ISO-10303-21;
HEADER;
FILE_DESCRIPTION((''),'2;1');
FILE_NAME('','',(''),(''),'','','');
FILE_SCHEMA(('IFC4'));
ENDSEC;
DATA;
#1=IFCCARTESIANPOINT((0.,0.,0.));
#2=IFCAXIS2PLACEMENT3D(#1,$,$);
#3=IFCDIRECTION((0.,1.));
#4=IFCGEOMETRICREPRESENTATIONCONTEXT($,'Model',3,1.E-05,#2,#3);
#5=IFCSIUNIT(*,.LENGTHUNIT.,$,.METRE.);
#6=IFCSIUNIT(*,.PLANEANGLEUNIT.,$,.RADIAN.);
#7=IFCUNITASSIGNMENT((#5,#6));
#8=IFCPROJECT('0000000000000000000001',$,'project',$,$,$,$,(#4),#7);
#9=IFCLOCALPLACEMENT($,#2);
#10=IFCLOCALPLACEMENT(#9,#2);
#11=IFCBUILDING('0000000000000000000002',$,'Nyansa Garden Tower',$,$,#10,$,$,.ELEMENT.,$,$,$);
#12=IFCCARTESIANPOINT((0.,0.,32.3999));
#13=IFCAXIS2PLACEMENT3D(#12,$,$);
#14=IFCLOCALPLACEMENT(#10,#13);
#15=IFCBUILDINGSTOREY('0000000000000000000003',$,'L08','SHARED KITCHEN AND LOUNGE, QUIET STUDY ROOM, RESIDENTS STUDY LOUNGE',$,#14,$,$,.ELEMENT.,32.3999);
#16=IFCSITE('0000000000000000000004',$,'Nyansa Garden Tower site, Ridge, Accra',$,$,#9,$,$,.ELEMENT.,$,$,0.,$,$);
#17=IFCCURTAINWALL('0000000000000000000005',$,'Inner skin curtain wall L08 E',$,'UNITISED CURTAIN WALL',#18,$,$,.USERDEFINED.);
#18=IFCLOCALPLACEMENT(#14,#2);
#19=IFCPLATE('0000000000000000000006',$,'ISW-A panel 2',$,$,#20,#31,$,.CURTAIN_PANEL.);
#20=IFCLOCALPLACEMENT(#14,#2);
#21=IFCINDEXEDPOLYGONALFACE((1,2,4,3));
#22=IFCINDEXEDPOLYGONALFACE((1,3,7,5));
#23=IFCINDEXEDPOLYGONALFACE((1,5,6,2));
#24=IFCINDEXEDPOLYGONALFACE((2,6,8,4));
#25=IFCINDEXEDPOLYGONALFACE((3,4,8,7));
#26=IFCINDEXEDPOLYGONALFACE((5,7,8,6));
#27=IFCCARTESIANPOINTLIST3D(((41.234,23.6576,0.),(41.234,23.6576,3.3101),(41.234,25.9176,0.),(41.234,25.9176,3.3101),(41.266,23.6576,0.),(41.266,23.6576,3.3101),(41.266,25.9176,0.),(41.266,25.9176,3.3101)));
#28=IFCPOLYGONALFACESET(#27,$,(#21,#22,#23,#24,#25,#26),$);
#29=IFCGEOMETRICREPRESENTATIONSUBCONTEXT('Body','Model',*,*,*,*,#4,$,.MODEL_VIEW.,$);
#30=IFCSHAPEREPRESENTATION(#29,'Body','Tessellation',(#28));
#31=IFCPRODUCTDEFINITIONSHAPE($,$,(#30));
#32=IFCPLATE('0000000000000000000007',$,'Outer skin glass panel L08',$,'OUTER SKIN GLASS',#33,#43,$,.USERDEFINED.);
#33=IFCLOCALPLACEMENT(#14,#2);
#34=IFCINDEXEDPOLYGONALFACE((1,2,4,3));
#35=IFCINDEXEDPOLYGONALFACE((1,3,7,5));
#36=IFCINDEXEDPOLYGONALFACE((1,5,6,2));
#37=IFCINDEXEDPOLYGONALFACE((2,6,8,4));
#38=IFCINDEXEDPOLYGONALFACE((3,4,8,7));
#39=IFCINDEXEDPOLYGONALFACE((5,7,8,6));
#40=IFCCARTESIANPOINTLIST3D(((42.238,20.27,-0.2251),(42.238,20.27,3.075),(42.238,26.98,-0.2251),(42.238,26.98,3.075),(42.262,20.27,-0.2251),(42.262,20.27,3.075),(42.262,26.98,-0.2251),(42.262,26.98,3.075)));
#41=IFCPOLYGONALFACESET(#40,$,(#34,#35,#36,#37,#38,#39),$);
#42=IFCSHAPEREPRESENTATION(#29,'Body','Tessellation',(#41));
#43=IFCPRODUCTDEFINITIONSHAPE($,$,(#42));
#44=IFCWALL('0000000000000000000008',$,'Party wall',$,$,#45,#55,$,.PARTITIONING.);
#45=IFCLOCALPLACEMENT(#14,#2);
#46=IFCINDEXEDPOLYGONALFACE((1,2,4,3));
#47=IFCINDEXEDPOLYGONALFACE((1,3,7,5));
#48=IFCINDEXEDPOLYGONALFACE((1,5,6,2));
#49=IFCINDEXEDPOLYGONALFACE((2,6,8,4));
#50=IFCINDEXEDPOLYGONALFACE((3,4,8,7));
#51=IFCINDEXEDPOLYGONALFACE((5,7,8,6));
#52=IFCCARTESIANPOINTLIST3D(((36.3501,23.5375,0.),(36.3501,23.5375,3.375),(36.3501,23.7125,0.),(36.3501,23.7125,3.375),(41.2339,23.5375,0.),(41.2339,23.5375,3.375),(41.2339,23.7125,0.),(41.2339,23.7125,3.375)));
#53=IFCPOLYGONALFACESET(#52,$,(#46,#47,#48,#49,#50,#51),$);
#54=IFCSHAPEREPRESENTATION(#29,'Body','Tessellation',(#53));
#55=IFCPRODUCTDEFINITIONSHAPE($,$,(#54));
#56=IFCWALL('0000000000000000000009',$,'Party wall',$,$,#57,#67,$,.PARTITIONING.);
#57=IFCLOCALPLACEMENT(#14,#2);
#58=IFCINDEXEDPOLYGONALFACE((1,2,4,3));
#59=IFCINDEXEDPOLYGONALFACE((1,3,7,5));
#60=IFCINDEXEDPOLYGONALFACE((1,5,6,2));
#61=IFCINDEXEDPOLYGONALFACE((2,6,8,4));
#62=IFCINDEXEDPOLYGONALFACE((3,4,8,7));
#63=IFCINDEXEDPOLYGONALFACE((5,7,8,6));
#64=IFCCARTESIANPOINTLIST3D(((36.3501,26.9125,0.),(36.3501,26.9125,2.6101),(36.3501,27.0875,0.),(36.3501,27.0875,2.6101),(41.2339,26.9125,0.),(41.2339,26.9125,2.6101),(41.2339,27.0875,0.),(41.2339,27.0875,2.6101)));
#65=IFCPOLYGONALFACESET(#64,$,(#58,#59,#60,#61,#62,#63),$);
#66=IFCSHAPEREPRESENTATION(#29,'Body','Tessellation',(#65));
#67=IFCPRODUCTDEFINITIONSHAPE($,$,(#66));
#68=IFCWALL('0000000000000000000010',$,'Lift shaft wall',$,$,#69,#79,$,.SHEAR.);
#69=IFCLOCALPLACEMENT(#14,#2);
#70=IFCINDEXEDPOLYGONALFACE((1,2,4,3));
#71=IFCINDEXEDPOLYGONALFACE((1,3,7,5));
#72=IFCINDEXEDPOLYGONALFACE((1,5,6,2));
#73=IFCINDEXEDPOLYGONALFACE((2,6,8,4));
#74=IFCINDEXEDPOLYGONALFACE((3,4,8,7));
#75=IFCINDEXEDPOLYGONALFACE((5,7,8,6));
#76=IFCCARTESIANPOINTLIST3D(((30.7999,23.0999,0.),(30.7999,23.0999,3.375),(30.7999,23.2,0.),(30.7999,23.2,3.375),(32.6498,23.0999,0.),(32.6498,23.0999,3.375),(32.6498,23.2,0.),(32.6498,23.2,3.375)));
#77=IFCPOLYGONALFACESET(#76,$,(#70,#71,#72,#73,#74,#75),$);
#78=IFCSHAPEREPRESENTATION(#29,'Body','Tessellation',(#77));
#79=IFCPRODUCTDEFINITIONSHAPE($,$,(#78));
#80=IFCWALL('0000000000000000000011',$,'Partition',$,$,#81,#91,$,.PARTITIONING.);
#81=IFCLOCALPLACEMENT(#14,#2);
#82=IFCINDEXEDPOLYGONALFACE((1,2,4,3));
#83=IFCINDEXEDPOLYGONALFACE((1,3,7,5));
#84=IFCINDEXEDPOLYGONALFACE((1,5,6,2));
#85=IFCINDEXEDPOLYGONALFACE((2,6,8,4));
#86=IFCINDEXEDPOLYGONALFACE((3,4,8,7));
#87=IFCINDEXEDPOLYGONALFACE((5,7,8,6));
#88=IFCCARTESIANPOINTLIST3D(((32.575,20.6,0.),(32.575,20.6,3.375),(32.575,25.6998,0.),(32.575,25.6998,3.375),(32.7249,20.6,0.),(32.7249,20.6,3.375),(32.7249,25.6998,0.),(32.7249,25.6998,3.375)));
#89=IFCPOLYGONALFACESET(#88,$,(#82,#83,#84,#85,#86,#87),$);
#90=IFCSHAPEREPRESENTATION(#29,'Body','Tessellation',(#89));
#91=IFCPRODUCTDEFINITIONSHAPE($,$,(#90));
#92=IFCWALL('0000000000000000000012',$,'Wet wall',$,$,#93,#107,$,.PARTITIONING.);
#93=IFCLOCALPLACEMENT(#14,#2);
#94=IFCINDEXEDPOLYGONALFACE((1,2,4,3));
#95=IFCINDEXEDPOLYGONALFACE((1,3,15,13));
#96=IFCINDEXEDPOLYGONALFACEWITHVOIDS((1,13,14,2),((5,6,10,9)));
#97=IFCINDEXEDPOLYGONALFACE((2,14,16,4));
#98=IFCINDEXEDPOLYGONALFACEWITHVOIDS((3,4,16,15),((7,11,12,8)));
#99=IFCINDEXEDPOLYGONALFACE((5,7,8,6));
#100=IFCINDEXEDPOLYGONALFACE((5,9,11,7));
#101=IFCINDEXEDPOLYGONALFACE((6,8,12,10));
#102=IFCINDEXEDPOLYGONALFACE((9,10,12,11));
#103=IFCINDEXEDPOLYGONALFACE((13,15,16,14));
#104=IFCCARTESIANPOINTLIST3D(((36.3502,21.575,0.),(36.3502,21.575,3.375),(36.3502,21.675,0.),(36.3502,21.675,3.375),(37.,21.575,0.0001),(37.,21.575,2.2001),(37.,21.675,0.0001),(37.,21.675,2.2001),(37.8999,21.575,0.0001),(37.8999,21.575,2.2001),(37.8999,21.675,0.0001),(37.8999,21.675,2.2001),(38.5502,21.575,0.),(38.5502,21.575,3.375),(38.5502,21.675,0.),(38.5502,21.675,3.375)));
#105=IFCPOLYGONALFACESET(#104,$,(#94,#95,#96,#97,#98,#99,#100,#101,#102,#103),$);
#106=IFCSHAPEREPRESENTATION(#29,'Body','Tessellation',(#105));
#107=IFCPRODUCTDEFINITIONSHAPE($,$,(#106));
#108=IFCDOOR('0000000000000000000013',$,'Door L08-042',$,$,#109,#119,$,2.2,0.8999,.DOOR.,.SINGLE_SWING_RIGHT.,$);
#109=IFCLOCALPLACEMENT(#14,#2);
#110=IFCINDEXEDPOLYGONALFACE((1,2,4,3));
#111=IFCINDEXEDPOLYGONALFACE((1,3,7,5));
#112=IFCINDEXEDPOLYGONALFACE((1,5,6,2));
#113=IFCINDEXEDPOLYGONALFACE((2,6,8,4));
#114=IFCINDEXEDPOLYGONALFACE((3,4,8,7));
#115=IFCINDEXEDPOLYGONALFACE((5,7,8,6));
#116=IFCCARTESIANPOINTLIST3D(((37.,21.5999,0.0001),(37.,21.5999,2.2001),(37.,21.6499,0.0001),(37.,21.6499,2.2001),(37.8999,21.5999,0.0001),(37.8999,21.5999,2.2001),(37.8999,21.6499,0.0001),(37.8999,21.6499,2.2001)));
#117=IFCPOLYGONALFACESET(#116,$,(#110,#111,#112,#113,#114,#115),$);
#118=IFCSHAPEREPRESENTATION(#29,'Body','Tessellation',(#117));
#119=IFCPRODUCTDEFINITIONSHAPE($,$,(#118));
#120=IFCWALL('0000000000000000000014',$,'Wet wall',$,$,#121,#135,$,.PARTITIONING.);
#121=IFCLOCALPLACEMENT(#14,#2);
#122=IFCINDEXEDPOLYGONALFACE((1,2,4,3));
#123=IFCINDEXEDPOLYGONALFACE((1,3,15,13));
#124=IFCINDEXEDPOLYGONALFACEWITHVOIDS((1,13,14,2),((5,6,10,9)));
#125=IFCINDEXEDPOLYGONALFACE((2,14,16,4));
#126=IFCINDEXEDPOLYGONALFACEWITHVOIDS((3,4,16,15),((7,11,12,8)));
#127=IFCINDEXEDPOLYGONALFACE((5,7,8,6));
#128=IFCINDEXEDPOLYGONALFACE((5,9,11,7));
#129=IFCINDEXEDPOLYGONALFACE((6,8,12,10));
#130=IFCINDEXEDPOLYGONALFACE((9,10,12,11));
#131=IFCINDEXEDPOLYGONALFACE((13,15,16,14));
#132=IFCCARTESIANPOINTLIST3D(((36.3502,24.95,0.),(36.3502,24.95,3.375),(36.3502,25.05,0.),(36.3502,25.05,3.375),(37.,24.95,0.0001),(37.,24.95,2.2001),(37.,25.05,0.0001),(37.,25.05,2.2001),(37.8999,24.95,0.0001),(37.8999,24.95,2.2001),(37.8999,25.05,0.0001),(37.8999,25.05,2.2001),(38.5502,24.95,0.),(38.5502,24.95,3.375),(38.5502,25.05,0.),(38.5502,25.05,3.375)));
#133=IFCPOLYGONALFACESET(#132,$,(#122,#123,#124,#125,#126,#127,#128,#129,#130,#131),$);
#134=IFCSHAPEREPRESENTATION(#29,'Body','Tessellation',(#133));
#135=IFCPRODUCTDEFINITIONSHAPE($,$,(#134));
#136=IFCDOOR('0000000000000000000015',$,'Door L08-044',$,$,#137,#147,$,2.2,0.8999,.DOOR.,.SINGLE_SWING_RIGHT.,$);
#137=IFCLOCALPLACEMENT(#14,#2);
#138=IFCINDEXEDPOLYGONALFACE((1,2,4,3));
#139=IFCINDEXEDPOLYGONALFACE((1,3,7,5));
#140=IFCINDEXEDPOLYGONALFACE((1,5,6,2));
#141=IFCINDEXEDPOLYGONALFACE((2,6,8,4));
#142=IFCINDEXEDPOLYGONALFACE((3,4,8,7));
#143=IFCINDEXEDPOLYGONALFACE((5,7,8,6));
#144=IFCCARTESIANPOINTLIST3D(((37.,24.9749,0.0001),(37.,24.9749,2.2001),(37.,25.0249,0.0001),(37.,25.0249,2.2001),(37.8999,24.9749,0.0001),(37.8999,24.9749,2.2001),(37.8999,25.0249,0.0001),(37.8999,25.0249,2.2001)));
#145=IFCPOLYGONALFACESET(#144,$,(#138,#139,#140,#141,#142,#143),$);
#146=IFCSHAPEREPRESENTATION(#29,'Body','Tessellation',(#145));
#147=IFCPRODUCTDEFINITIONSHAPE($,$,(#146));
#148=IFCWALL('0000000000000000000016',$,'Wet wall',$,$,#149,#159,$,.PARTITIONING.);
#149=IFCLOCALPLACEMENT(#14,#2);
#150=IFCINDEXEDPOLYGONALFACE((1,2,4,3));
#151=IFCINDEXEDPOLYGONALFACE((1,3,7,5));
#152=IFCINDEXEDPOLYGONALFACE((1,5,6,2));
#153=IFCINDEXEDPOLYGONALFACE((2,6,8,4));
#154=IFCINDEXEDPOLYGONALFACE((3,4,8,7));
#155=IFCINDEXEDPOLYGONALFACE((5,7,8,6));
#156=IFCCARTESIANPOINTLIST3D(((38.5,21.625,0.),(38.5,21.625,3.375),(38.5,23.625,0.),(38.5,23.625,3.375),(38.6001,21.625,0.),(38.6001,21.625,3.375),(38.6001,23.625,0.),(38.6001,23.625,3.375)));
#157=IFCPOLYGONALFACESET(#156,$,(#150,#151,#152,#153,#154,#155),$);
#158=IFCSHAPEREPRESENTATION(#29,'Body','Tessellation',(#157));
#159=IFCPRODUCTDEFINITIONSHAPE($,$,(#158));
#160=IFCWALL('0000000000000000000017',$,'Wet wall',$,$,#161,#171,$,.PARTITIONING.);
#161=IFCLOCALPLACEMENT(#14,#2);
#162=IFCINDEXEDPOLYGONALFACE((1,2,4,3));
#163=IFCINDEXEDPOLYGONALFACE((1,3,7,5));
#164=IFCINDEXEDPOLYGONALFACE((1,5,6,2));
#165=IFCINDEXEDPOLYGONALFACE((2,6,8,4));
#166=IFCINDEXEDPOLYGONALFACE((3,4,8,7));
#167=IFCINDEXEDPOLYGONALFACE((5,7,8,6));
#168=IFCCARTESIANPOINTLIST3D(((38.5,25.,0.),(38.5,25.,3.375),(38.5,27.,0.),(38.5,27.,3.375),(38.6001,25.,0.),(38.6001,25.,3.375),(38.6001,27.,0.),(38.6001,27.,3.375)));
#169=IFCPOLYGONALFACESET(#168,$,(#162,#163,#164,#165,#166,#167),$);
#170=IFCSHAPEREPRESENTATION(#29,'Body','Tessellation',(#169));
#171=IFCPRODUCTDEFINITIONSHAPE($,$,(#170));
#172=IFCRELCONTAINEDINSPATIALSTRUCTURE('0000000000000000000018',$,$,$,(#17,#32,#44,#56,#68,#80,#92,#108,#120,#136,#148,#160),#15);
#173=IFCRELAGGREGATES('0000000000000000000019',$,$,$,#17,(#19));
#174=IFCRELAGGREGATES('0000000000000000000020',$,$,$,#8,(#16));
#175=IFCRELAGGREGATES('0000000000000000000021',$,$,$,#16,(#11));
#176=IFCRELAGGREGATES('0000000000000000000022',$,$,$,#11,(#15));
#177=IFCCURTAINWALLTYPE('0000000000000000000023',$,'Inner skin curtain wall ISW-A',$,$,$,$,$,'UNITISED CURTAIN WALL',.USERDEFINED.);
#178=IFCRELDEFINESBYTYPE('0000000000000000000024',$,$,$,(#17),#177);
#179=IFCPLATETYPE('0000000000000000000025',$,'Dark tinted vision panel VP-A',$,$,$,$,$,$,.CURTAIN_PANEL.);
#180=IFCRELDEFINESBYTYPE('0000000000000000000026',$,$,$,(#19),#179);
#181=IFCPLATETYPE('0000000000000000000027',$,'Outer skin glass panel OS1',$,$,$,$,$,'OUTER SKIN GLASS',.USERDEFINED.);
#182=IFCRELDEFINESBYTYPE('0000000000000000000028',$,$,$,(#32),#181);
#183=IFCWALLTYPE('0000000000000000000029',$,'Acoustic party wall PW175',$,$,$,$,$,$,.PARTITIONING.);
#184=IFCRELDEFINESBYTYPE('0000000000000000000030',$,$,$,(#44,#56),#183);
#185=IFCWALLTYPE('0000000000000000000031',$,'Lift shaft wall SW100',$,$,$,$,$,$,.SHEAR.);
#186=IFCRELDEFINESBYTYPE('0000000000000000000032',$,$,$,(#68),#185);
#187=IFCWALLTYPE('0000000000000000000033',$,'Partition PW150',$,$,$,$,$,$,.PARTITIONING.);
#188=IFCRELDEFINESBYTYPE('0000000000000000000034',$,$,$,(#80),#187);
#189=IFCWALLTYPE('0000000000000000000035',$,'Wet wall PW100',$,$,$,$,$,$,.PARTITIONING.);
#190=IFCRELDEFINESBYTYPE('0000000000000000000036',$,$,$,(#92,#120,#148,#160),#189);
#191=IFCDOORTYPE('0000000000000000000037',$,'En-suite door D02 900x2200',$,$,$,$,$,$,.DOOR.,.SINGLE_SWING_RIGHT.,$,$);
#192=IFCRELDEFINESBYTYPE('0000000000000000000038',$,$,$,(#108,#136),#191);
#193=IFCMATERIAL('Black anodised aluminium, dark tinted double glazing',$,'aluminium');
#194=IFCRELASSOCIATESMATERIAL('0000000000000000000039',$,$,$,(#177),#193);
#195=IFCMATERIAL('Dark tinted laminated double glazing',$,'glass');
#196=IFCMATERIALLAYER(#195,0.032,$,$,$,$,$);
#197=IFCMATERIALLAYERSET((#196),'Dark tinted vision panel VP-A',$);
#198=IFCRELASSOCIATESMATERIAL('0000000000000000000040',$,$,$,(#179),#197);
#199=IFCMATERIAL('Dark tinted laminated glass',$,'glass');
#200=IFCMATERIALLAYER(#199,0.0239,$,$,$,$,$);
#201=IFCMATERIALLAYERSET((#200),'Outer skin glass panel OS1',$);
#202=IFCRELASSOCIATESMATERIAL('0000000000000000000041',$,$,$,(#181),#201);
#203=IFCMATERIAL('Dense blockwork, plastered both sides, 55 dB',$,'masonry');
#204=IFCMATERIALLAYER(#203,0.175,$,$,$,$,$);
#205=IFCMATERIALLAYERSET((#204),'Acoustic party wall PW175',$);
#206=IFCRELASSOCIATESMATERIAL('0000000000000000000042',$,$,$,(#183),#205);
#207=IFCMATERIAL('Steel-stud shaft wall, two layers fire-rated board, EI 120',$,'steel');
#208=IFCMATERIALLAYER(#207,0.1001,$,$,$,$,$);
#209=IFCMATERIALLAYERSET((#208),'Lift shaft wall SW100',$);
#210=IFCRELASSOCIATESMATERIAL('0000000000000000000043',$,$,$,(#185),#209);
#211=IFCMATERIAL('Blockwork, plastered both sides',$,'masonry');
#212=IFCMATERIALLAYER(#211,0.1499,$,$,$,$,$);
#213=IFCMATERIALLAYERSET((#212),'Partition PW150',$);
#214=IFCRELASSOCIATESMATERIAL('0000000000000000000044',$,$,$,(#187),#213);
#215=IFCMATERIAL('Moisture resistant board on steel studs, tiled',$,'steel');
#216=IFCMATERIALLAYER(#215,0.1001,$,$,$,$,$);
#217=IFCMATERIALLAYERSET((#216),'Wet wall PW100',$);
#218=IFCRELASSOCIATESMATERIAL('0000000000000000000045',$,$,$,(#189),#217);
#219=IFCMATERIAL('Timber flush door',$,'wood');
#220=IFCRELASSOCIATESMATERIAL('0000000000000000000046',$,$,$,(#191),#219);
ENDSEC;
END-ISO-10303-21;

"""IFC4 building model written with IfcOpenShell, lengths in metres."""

from ifc_helpers import new_model, si_unit, direction, frame, frame_2d, origin, origin_2d, place, context, subcontext, project, spatial, rectangle, extrude, material, layer, layer_set, type_object, element, fill, aggregate, save


model = new_model("IFC4")

# Units and contexts
model_context = context("Model", 3, precision=1e-05, world=origin(), true_north=direction((0.0, 1.0)))
body_context = subcontext(model_context, "Body", "Model", "MODEL_VIEW")
ifc_project = project(units=[si_unit("LENGTHUNIT", "METRE"), si_unit("PLANEANGLEUNIT", "RADIAN")], contexts=[model_context])

# Site, building, storey
site_placement = place(None, origin())
site = spatial("IfcSite", under=ifc_project, at=site_placement, Name="Nyansa Garden Tower site, Ridge, Accra", CompositionType="ELEMENT", RefElevation=0.0)
building_placement = place(site_placement, origin())
building = spatial("IfcBuilding", under=site, at=building_placement, Name="Nyansa Garden Tower", CompositionType="ELEMENT")
storey_placement = place(building_placement, frame((0.0, 0.0, 32.3999)))
storey = spatial("IfcBuildingStorey", under=building, at=storey_placement, Name="L08", Description="SHARED KITCHEN AND LOUNGE, QUIET STUDY ROOM, RESIDENTS STUDY LOUNGE", CompositionType="ELEMENT", Elevation=32.3999)

# Curtain wall
ifc_material_1 = material(Name="Black anodised aluminium, dark tinted double glazing", Category="aluminium")
curtain_wall_type = type_object("IfcCurtainWallType", Name="Inner skin curtain wall ISW-A", ElementType="UNITISED CURTAIN WALL", PredefinedType="USERDEFINED", material=ifc_material_1)
curtain_wall_1_placement = place(storey_placement, origin())
curtain_wall_1 = element("IfcCurtainWall", 1, at=curtain_wall_1_placement, inside=storey, type_object=curtain_wall_type, Name="Inner skin curtain wall L08 E", ObjectType="UNITISED CURTAIN WALL", PredefinedType="USERDEFINED")

# Plates
ifc_material_2 = material(Name="Dark tinted laminated double glazing", Category="glass")
ifc_layer_1 = layer(ifc_material_2, 0.032)
ifc_layer_set_1 = layer_set([ifc_layer_1], Name="Dark tinted vision panel VP-A")
plate_type_1 = type_object("IfcPlateType", Name="Dark tinted vision panel VP-A", PredefinedType="CURTAIN_PANEL", material=ifc_layer_set_1)
plate_1_placement = place(storey_placement, frame((41.25, 24.7876, 0.0), z_axis=(0.0, 0.0, 1.0), x_axis=(0.0, 1.0, 0.0)))
plate_1 = element("IfcPlate", 2, at=plate_1_placement, type_object=plate_type_1, Name="ISW-A panel 2", PredefinedType="CURTAIN_PANEL", context=body_context, shape_type="SweptSolid", body=[
    extrude(rectangle(XDim=2.26, YDim=0.032, at=origin_2d()), origin(), (0.0, 0.0, 1.0), 3.3101),
])
aggregate(curtain_wall_1, [plate_1])
ifc_material_3 = material(Name="Dark tinted laminated glass", Category="glass")
ifc_layer_2 = layer(ifc_material_3, 0.0239)
ifc_layer_set_2 = layer_set([ifc_layer_2], Name="Outer skin glass panel OS1")
plate_type_2 = type_object("IfcPlateType", Name="Outer skin glass panel OS1", ElementType="OUTER SKIN GLASS", PredefinedType="USERDEFINED", material=ifc_layer_set_2)
plate_2_placement = place(storey_placement, frame((42.25, 23.625, -0.2251), z_axis=(0.0, 0.0, 1.0), x_axis=(0.0, 1.0, 0.0)))
element("IfcPlate", 3, at=plate_2_placement, inside=storey, type_object=plate_type_2, Name="Outer skin glass panel L08", ObjectType="OUTER SKIN GLASS", PredefinedType="USERDEFINED", context=body_context, shape_type="SweptSolid", body=[
    extrude(rectangle(XDim=6.71, YDim=0.0239, at=origin_2d()), origin(), (0.0, 0.0, 1.0), 3.3),
])

# Walls
ifc_material_4 = material(Name="Dense blockwork, plastered both sides, 55 dB", Category="masonry")
ifc_layer_3 = layer(ifc_material_4, 0.175)
ifc_layer_set_3 = layer_set([ifc_layer_3], Name="Acoustic party wall PW175")
wall_type_1 = type_object("IfcWallType", Name="Acoustic party wall PW175", PredefinedType="PARTITIONING", material=ifc_layer_set_3)
wall_1_placement = place(storey_placement, frame((36.3501, 23.625, 0.0), z_axis=(0.0, 0.0, 1.0), x_axis=(1.0, 0.0, 0.0)))
element("IfcWall", 4, at=wall_1_placement, inside=storey, type_object=wall_type_1, Name="Party wall", PredefinedType="PARTITIONING", context=body_context, shape_type="SweptSolid", body=[
    extrude(rectangle(XDim=4.8838, YDim=0.175, at=frame_2d((2.4419, 0.0))), origin(), (0.0, 0.0, 1.0), 3.375),
])
wall_2_placement = place(storey_placement, frame((36.3501, 27.0, 0.0), z_axis=(0.0, 0.0, 1.0), x_axis=(1.0, 0.0, 0.0)))
element("IfcWall", 5, at=wall_2_placement, inside=storey, type_object=wall_type_1, Name="Party wall", PredefinedType="PARTITIONING", context=body_context, shape_type="SweptSolid", body=[
    extrude(rectangle(XDim=4.8838, YDim=0.175, at=frame_2d((2.4419, 0.0))), origin(), (0.0, 0.0, 1.0), 2.6101),
])
ifc_material_5 = material(Name="Steel-stud shaft wall, two layers fire-rated board, EI 120", Category="steel")
ifc_layer_4 = layer(ifc_material_5, 0.1001)
ifc_layer_set_4 = layer_set([ifc_layer_4], Name="Lift shaft wall SW100")
wall_type_2 = type_object("IfcWallType", Name="Lift shaft wall SW100", PredefinedType="SHEAR", material=ifc_layer_set_4)
wall_3_placement = place(storey_placement, frame((30.8, 23.1499, 0.0), z_axis=(0.0, 0.0, 1.0), x_axis=(1.0, 0.0, 0.0)))
element("IfcWall", 6, at=wall_3_placement, inside=storey, type_object=wall_type_2, Name="Lift shaft wall", PredefinedType="SHEAR", context=body_context, shape_type="SweptSolid", body=[
    extrude(rectangle(XDim=1.8499, YDim=0.1001, at=frame_2d((0.9248, 0.0))), origin(), (0.0, 0.0, 1.0), 3.375),
])
ifc_material_6 = material(Name="Blockwork, plastered both sides", Category="masonry")
ifc_layer_5 = layer(ifc_material_6, 0.1499)
ifc_layer_set_5 = layer_set([ifc_layer_5], Name="Partition PW150")
wall_type_3 = type_object("IfcWallType", Name="Partition PW150", PredefinedType="PARTITIONING", material=ifc_layer_set_5)
wall_4_placement = place(storey_placement, frame((32.6499, 20.6001, 0.0), z_axis=(0.0, 0.0, 1.0), x_axis=(0.0, 1.0, 0.0)))
element("IfcWall", 7, at=wall_4_placement, inside=storey, type_object=wall_type_3, Name="Partition", PredefinedType="PARTITIONING", context=body_context, shape_type="SweptSolid", body=[
    extrude(rectangle(XDim=5.0999, YDim=0.1499, at=frame_2d((2.5498, 0.0))), origin(), (0.0, 0.0, 1.0), 3.375),
])

# Walls, openings, doors
ifc_material_7 = material(Name="Moisture resistant board on steel studs, tiled", Category="steel")
ifc_layer_6 = layer(ifc_material_7, 0.1001)
ifc_layer_set_6 = layer_set([ifc_layer_6], Name="Wet wall PW100")
wall_type_4 = type_object("IfcWallType", Name="Wet wall PW100", PredefinedType="PARTITIONING", material=ifc_layer_set_6)
wall_5_placement = place(storey_placement, frame((36.3501, 21.625, 0.0), z_axis=(0.0, 0.0, 1.0), x_axis=(1.0, 0.0, 0.0)))
wall_5 = element("IfcWall", 8, at=wall_5_placement, inside=storey, type_object=wall_type_4, Name="Wet wall", PredefinedType="PARTITIONING", context=body_context, shape_type="SweptSolid", body=[
    extrude(rectangle(XDim=2.2, YDim=0.1001, at=frame_2d((1.1001, 0.0))), origin(), (0.0, 0.0, 1.0), 3.375),
])
opening_1_placement = place(wall_5_placement, frame((0.6499, 0.0, 0.0)))
opening_1 = element("IfcOpeningElement", 9, at=opening_1_placement, cuts=wall_5, PredefinedType="OPENING", context=body_context, shape_type="SweptSolid", body=[
    extrude(rectangle(XDim=0.8999, YDim=2.2, at=frame_2d((0.45, 1.1001))), frame((0.0, 0.0601, 0.0), z_axis=(0.0, -1.0, 0.0), x_axis=(1.0, 0.0, 0.0)), (0.0, 0.0, 1.0), 0.1201),
])
ifc_material_8 = material(Name="Timber flush door", Category="wood")
door_type = type_object("IfcDoorType", Name="En-suite door D02 900x2200", OperationType="SINGLE_SWING_RIGHT", PredefinedType="DOOR", material=ifc_material_8)
door_1_placement = place(opening_1_placement, origin())
door_1 = element("IfcDoor", 10, at=door_1_placement, inside=storey, type_object=door_type, Name="Door L08-042", OperationType="SINGLE_SWING_RIGHT", OverallHeight=2.2, OverallWidth=0.8999, PredefinedType="DOOR", context=body_context, shape_type="SweptSolid", body=[
    extrude(rectangle(XDim=0.8999, YDim=2.2, at=frame_2d((0.45, 1.1001))), frame((0.0, 0.0249, 0.0), z_axis=(0.0, -1.0, 0.0), x_axis=(1.0, 0.0, 0.0)), (0.0, 0.0, 1.0), 0.05),
])
fill(opening_1, door_1)
wall_6_placement = place(storey_placement, frame((36.3501, 25.0, 0.0), z_axis=(0.0, 0.0, 1.0), x_axis=(1.0, 0.0, 0.0)))
wall_6 = element("IfcWall", 11, at=wall_6_placement, inside=storey, type_object=wall_type_4, Name="Wet wall", PredefinedType="PARTITIONING", context=body_context, shape_type="SweptSolid", body=[
    extrude(rectangle(XDim=2.2, YDim=0.1001, at=frame_2d((1.1001, 0.0))), origin(), (0.0, 0.0, 1.0), 3.375),
])
opening_2_placement = place(wall_6_placement, frame((0.6499, 0.0, 0.0)))
opening_2 = element("IfcOpeningElement", 12, at=opening_2_placement, cuts=wall_6, PredefinedType="OPENING", context=body_context, shape_type="SweptSolid", body=[
    extrude(rectangle(XDim=0.8999, YDim=2.2, at=frame_2d((0.45, 1.1001))), frame((0.0, 0.0601, 0.0), z_axis=(0.0, -1.0, 0.0), x_axis=(1.0, 0.0, 0.0)), (0.0, 0.0, 1.0), 0.1201),
])
door_2_placement = place(opening_2_placement, origin())
door_2 = element("IfcDoor", 13, at=door_2_placement, inside=storey, type_object=door_type, Name="Door L08-044", OperationType="SINGLE_SWING_RIGHT", OverallHeight=2.2, OverallWidth=0.8999, PredefinedType="DOOR", context=body_context, shape_type="SweptSolid", body=[
    extrude(rectangle(XDim=0.8999, YDim=2.2, at=frame_2d((0.45, 1.1001))), frame((0.0, 0.0249, 0.0), z_axis=(0.0, -1.0, 0.0), x_axis=(1.0, 0.0, 0.0)), (0.0, 0.0, 1.0), 0.05),
])
fill(opening_2, door_2)

# Walls
for number, where, z_axis, x_axis, name in (
    (14, (38.55, 21.625, 0.0), (0.0, 0.0, 1.0), (0.0, 1.0, 0.0), "Wet wall"),
    (15, (38.55, 25.0, 0.0), (0.0, 0.0, 1.0), (0.0, 1.0, 0.0), "Wet wall"),
):
    element("IfcWall", number, at=place(storey_placement, frame(where, z_axis=z_axis, x_axis=x_axis)), inside=storey, type_object=wall_type_4, Name=name, PredefinedType="PARTITIONING", context=body_context, shape_type="SweptSolid", body=[
        extrude(rectangle(XDim=2.0, YDim=0.1001, at=frame_2d((1.0, 0.0))), origin(), (0.0, 0.0, 1.0), 3.375),
    ])

save(model, "model.ifc")
